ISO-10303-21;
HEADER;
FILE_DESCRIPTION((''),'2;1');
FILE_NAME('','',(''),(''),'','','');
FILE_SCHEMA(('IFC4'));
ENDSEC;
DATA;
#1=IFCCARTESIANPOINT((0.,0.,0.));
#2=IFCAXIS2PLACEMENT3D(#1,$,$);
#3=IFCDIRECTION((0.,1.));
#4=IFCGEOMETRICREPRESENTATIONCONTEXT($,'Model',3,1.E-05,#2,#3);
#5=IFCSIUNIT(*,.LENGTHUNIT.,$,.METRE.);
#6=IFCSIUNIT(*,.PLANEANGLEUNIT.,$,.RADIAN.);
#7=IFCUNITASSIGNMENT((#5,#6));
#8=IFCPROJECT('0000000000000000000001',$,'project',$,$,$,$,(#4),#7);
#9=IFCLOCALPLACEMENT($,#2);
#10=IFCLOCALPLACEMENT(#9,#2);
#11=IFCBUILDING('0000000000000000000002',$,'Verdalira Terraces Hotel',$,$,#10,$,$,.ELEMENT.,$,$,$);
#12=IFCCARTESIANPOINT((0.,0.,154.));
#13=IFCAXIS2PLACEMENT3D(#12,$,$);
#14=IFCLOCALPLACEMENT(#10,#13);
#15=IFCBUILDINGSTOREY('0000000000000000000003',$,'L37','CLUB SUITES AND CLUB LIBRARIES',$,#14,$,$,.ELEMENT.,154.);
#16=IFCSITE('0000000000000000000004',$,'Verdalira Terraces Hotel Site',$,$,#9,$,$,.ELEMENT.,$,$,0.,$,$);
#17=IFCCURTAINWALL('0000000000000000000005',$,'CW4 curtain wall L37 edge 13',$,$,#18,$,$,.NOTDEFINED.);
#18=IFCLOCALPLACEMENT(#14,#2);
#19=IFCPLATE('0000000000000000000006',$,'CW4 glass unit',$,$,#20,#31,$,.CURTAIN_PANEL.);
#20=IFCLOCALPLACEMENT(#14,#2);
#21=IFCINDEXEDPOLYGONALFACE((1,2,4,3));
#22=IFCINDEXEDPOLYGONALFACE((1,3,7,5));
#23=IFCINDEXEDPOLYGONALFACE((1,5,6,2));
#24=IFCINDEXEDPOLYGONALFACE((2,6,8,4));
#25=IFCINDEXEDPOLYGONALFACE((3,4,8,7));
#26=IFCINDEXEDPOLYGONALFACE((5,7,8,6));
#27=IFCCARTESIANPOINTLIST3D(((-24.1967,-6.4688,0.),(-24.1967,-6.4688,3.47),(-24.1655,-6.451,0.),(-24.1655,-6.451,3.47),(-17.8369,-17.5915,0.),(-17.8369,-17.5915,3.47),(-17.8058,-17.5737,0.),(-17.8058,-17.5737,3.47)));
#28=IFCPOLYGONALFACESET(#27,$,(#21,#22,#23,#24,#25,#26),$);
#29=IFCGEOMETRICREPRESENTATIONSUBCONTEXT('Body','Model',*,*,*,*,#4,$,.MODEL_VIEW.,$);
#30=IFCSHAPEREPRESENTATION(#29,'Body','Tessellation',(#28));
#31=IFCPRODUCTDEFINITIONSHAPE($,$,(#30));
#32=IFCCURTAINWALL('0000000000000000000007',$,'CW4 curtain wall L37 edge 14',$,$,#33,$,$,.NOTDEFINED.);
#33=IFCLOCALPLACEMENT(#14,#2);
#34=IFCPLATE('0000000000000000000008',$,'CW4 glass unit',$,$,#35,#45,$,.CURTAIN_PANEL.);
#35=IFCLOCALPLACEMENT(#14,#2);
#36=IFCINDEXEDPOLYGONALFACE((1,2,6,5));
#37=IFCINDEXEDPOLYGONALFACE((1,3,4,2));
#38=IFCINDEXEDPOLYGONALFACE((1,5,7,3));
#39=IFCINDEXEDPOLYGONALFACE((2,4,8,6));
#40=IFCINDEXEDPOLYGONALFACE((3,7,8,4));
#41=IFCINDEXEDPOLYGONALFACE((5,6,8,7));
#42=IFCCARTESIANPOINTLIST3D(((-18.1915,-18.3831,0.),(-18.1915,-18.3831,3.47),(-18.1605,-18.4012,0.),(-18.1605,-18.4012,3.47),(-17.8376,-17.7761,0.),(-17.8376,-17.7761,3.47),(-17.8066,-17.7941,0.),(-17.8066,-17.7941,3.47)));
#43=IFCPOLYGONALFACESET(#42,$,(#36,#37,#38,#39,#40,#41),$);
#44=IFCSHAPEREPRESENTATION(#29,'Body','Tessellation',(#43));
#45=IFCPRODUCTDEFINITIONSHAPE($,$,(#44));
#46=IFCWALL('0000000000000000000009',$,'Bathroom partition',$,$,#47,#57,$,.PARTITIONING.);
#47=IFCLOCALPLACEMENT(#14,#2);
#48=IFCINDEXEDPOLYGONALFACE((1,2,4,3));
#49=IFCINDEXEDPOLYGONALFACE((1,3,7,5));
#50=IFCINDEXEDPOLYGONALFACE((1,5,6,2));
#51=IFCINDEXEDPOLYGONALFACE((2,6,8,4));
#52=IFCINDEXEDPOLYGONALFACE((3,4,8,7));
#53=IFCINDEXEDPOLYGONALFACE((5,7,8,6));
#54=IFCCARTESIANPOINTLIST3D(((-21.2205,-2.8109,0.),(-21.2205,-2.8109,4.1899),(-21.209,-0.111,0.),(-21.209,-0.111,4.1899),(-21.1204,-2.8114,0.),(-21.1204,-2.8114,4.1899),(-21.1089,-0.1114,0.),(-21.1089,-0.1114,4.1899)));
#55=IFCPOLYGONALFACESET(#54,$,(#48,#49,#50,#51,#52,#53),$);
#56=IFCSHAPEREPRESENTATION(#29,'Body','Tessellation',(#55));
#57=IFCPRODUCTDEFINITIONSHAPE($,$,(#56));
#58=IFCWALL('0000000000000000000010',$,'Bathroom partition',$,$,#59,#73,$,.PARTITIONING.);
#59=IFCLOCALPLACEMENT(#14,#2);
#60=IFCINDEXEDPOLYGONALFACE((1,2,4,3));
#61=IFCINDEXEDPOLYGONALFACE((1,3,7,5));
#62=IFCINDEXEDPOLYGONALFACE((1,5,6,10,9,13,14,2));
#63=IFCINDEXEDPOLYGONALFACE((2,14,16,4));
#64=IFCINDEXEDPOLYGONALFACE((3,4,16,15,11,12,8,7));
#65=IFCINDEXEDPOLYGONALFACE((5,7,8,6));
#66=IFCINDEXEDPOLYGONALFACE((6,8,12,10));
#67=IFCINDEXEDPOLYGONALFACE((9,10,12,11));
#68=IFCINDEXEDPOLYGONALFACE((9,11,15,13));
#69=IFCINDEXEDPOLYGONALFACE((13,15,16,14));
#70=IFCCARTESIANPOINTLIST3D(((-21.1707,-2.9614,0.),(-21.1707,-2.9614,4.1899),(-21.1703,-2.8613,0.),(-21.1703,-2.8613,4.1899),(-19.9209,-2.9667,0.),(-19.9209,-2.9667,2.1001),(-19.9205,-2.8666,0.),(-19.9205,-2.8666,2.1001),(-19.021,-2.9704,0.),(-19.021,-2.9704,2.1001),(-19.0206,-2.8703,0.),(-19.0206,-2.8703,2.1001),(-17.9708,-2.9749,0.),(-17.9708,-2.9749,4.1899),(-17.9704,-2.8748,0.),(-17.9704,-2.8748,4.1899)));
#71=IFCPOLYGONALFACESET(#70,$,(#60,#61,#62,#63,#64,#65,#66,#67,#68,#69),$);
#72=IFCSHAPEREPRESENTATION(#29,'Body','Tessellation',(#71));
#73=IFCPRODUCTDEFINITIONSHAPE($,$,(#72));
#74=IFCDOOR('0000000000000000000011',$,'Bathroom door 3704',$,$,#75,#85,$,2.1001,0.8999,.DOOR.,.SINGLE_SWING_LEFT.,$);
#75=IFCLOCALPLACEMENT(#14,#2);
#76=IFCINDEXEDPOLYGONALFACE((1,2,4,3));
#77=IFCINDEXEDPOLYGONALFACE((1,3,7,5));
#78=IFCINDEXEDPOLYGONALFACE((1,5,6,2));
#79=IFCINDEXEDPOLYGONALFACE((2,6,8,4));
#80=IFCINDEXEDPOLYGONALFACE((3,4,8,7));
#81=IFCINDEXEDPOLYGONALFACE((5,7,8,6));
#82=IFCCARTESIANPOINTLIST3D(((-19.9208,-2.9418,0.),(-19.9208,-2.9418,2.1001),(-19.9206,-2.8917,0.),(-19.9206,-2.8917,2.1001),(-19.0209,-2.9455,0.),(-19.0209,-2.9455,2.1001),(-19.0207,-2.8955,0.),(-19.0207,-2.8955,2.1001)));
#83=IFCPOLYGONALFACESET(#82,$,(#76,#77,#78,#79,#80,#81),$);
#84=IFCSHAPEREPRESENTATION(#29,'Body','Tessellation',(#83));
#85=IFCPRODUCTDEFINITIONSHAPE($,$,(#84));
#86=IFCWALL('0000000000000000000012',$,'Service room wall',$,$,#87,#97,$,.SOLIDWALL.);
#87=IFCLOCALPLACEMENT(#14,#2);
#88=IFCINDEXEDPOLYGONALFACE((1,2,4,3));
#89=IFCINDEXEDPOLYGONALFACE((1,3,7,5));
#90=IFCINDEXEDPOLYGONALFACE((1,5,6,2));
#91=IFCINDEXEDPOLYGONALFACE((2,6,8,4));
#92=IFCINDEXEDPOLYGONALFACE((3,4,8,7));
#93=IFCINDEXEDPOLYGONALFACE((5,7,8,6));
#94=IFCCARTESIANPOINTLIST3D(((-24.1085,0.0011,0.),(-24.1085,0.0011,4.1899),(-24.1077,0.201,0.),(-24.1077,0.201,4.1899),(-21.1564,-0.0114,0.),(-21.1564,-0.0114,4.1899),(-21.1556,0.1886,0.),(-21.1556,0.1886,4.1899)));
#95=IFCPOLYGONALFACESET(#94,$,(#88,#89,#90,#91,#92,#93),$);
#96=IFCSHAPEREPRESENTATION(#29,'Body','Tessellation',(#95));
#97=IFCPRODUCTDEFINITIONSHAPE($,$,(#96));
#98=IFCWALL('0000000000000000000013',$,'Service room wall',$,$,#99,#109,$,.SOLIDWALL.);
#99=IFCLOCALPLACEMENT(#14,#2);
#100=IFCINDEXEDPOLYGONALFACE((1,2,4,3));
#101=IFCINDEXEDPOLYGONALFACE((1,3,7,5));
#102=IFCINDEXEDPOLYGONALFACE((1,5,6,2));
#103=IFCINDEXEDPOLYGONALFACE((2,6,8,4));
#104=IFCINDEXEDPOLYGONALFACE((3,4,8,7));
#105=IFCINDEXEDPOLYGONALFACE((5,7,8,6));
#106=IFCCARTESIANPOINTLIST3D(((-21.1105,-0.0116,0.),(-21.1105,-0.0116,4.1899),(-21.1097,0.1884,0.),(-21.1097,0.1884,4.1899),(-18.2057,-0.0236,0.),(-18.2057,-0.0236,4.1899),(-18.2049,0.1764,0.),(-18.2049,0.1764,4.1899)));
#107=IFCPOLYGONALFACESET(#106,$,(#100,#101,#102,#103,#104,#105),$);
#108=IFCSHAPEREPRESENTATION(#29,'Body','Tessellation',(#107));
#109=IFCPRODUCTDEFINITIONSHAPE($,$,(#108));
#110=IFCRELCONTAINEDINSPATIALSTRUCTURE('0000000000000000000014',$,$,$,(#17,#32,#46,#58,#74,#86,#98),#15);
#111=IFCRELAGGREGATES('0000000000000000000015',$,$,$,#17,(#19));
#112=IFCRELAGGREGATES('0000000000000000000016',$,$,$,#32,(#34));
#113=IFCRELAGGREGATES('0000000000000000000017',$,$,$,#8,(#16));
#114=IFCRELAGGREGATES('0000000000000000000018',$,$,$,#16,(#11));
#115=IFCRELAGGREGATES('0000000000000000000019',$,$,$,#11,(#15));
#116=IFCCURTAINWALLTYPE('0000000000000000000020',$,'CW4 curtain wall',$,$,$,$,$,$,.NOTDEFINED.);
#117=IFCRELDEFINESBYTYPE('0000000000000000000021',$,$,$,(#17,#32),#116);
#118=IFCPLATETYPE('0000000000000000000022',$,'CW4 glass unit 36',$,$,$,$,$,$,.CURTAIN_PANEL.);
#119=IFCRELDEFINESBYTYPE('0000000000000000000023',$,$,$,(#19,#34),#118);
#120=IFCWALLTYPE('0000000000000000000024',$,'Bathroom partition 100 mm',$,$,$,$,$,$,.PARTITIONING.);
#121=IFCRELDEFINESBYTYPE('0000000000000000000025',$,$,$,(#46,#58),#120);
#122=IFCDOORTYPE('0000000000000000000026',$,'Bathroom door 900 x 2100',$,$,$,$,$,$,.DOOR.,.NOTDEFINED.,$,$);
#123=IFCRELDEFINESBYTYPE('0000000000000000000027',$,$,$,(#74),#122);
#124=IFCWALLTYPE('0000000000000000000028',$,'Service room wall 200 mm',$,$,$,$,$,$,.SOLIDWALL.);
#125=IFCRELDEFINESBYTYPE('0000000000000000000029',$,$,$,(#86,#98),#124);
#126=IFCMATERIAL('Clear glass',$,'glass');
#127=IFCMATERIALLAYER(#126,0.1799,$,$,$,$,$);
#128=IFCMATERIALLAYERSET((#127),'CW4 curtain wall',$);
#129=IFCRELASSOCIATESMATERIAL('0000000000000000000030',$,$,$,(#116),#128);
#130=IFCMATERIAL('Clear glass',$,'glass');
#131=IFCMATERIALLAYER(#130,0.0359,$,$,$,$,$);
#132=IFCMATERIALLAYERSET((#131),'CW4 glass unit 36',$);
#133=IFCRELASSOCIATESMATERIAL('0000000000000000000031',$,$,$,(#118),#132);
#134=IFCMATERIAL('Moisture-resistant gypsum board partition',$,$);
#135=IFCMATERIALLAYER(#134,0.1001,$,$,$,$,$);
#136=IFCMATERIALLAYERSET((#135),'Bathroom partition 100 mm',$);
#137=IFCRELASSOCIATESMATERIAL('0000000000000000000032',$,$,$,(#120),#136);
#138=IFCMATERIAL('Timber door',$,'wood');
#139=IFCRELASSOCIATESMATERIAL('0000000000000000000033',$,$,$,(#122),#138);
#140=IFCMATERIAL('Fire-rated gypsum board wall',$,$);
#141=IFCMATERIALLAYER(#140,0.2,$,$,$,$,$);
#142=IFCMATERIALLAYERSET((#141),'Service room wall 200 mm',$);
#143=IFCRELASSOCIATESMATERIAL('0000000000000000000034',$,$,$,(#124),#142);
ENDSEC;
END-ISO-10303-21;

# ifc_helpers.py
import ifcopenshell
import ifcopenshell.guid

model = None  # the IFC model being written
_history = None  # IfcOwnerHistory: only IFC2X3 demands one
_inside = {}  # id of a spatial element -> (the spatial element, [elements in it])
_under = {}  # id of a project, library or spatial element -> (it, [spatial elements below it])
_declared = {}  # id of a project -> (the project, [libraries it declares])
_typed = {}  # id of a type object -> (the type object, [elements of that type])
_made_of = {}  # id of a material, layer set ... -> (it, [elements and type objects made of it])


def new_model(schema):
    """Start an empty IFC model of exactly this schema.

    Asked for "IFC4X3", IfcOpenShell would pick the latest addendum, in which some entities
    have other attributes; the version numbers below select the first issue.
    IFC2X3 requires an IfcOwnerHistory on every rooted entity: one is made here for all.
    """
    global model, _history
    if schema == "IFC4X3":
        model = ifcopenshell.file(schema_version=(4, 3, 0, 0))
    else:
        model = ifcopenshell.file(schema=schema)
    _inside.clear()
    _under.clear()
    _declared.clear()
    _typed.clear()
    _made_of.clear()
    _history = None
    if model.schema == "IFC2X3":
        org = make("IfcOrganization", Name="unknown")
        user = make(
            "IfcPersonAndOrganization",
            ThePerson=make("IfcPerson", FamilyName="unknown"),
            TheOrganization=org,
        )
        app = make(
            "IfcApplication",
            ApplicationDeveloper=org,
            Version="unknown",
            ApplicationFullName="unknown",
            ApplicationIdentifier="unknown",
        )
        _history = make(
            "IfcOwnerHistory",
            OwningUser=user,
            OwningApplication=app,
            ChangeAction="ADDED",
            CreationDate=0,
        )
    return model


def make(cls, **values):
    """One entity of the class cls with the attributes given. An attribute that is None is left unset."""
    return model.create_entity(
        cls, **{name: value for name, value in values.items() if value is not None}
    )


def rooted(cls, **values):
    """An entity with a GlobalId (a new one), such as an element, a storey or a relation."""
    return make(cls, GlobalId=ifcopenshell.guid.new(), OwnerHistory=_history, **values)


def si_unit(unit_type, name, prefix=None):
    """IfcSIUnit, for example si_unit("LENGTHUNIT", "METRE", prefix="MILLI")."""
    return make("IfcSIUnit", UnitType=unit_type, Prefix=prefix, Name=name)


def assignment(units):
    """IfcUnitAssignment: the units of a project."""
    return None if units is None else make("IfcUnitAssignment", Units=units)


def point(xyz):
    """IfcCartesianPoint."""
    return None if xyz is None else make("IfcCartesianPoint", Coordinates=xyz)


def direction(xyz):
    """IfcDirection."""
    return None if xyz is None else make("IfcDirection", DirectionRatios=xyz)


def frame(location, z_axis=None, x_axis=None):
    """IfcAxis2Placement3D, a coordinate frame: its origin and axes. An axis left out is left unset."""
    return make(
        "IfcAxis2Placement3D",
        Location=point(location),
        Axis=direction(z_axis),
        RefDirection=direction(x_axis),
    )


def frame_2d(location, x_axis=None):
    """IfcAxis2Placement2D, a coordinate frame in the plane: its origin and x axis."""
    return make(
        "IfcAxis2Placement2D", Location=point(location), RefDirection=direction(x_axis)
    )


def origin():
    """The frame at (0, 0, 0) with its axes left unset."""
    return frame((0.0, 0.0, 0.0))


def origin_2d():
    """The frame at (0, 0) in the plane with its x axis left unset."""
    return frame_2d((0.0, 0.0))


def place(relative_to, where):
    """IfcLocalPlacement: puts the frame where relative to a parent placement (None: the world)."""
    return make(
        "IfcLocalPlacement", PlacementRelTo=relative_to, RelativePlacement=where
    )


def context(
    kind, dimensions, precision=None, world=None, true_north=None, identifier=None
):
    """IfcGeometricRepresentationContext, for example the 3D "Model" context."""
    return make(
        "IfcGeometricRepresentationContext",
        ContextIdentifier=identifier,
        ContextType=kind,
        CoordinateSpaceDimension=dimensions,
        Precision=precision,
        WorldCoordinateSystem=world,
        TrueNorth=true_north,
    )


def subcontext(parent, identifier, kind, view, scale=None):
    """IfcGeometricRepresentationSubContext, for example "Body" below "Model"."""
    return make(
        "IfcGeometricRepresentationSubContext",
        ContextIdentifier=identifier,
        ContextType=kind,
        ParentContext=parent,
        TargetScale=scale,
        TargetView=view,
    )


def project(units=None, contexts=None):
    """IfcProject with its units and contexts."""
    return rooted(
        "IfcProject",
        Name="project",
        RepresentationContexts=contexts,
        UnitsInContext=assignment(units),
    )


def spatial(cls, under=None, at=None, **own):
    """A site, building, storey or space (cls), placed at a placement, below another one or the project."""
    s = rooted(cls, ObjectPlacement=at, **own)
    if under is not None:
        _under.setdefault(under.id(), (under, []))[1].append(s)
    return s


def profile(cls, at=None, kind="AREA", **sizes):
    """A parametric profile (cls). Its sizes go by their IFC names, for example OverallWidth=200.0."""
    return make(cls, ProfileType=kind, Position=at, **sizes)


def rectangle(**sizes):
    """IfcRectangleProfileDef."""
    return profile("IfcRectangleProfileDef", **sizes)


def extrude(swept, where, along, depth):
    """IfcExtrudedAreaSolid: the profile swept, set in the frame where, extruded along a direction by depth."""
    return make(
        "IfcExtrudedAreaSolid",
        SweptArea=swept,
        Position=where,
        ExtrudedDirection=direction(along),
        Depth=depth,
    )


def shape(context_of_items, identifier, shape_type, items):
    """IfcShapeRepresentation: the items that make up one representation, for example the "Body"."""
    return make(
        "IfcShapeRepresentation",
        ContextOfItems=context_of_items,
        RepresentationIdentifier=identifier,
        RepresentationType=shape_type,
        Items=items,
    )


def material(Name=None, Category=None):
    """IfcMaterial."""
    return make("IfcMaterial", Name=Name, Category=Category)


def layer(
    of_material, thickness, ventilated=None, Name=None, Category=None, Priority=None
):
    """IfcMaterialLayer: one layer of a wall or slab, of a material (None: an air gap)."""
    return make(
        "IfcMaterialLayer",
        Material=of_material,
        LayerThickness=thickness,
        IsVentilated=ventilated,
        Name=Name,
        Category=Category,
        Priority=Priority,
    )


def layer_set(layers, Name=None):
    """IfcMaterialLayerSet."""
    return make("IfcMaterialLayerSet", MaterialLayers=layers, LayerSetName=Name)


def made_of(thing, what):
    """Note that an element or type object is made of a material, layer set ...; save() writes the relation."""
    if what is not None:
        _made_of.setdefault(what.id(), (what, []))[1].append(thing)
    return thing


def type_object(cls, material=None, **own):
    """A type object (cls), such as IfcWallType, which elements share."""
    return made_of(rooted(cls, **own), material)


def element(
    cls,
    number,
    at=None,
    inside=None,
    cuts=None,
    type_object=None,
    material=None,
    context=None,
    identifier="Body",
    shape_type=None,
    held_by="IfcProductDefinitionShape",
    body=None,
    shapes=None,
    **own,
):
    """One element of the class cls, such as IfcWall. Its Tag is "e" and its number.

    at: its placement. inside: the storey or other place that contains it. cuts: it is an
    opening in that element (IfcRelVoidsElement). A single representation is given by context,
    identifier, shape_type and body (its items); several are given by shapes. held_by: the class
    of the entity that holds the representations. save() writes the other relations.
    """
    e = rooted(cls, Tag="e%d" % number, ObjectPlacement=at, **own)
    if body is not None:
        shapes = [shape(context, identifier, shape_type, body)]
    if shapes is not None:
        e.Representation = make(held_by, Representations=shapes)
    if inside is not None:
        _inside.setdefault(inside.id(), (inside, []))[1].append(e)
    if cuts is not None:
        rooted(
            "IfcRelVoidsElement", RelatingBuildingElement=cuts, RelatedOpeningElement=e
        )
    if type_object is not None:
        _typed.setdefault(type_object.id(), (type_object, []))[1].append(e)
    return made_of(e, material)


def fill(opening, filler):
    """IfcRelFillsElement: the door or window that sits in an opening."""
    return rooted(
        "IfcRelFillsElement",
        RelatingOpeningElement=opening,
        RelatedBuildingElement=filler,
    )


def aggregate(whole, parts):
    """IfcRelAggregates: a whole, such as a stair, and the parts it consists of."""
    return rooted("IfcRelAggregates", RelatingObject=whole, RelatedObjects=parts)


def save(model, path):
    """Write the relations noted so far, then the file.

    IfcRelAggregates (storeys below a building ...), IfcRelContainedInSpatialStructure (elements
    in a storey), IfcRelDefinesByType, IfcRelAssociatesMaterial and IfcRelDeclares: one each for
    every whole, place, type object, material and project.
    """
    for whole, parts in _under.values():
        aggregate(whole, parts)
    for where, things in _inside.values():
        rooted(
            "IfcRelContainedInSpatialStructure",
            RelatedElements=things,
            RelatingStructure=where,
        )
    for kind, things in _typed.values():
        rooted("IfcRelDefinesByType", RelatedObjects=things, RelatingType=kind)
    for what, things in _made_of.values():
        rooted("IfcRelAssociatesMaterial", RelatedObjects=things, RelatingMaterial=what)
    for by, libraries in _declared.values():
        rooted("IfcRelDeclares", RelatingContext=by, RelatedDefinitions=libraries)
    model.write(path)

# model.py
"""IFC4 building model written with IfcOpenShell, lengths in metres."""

from ifc_helpers import new_model, si_unit, direction, frame, frame_2d, origin, origin_2d, place, context, subcontext, project, spatial, rectangle, extrude, material, layer, layer_set, type_object, element, fill, aggregate, save


model = new_model("IFC4")

# Units and contexts
model_context = context("Model", 3, precision=1e-05, world=origin(), true_north=direction((0.0, 1.0)))
body_context = subcontext(model_context, "Body", "Model", "MODEL_VIEW")
ifc_project = project(units=[si_unit("LENGTHUNIT", "METRE"), si_unit("PLANEANGLEUNIT", "RADIAN")], contexts=[model_context])

# Site, building, storey
site_placement = place(None, origin())
site = spatial("IfcSite", under=ifc_project, at=site_placement, Name="Verdalira Terraces Hotel Site", CompositionType="ELEMENT", RefElevation=0.0)
building_placement = place(site_placement, origin())
building = spatial("IfcBuilding", under=site, at=building_placement, Name="Verdalira Terraces Hotel", CompositionType="ELEMENT")
storey_placement = place(building_placement, frame((0.0, 0.0, 154.0)))
storey = spatial("IfcBuildingStorey", under=building, at=storey_placement, Name="L37", Description="CLUB SUITES AND CLUB LIBRARIES", CompositionType="ELEMENT", Elevation=154.0)

# Curtain wall
ifc_material_1 = material(Name="Clear glass", Category="glass")
ifc_layer_1 = layer(ifc_material_1, 0.1799)
ifc_layer_set_1 = layer_set([ifc_layer_1], Name="CW4 curtain wall")
curtain_wall_type = type_object("IfcCurtainWallType", Name="CW4 curtain wall", PredefinedType="NOTDEFINED", material=ifc_layer_set_1)
curtain_wall_1_placement = place(storey_placement, origin())
curtain_wall_1 = element("IfcCurtainWall", 1, at=curtain_wall_1_placement, inside=storey, type_object=curtain_wall_type, Name="CW4 curtain wall L37 edge 13", PredefinedType="NOTDEFINED")

# Plate
ifc_material_2 = material(Name="Clear glass", Category="glass")
ifc_layer_2 = layer(ifc_material_2, 0.0359)
ifc_layer_set_2 = layer_set([ifc_layer_2], Name="CW4 glass unit 36")
plate_type = type_object("IfcPlateType", Name="CW4 glass unit 36", PredefinedType="CURTAIN_PANEL", material=ifc_layer_set_2)
plate_1_placement = place(storey_placement, frame((-21.0012, -12.0212, 0.0), z_axis=(0.0, 0.0, 1.0), x_axis=(0.496368, -0.868112, 0.0)))
plate_1 = element("IfcPlate", 2, at=plate_1_placement, type_object=plate_type, Name="CW4 glass unit", PredefinedType="CURTAIN_PANEL", context=body_context, shape_type="SweptSolid", body=[
    extrude(rectangle(XDim=12.8125, YDim=0.0359, at=origin_2d()), origin(), (0.0, 0.0, 1.0), 3.47),
])
aggregate(curtain_wall_1, [plate_1])

# Curtain wall, plate
curtain_wall_2_placement = place(storey_placement, origin())
curtain_wall_2 = element("IfcCurtainWall", 3, at=curtain_wall_2_placement, inside=storey, type_object=curtain_wall_type, Name="CW4 curtain wall L37 edge 14", PredefinedType="NOTDEFINED")
plate_2_placement = place(storey_placement, frame((-17.999, -18.0886, 0.0), z_axis=(0.0, 0.0, 1.0), x_axis=(-0.503623, -0.863923, 0.0)))
plate_2 = element("IfcPlate", 4, at=plate_2_placement, type_object=plate_type, Name="CW4 glass unit", PredefinedType="CURTAIN_PANEL", context=body_context, shape_type="SweptSolid", body=[
    extrude(rectangle(XDim=0.7026, YDim=0.0359, at=origin_2d()), origin(), (0.0, 0.0, 1.0), 3.47),
])
aggregate(curtain_wall_2, [plate_2])

# Wall
ifc_material_3 = material(Name="Moisture-resistant gypsum board partition")
ifc_layer_3 = layer(ifc_material_3, 0.1001)
ifc_layer_set_3 = layer_set([ifc_layer_3], Name="Bathroom partition 100 mm")
wall_type_1 = type_object("IfcWallType", Name="Bathroom partition 100 mm", PredefinedType="PARTITIONING", material=ifc_layer_set_3)
wall_1_placement = place(storey_placement, frame((-21.1704, -2.8113, 0.0), z_axis=(0.0, 0.0, 1.0), x_axis=(0.00425, 0.999991, 0.0)))
element("IfcWall", 5, at=wall_1_placement, inside=storey, type_object=wall_type_1, Name="Bathroom partition", PredefinedType="PARTITIONING", context=body_context, shape_type="SweptSolid", body=[
    extrude(rectangle(XDim=2.7, YDim=0.1001, at=frame_2d((1.3501, 0.0))), origin(), (0.0, 0.0, 1.0), 4.1899),
])

# Wall, opening, door
wall_2_placement = place(storey_placement, frame((-21.1707, -2.9114, 0.0), z_axis=(0.0, 0.0, 1.0), x_axis=(0.999991, -0.004196, 0.0)))
wall_2 = element("IfcWall", 6, at=wall_2_placement, inside=storey, type_object=wall_type_1, Name="Bathroom partition", PredefinedType="PARTITIONING", context=body_context, shape_type="SweptSolid", body=[
    extrude(rectangle(XDim=3.2, YDim=0.1001, at=frame_2d((1.6001, 0.0))), origin(), (0.0, 0.0, 1.0), 4.1899),
])
opening_placement = place(wall_2_placement, frame((1.25, 0.0, 0.0)))
opening = element("IfcOpeningElement", 7, at=opening_placement, cuts=wall_2, PredefinedType="OPENING", context=body_context, shape_type="SweptSolid", body=[
    extrude(rectangle(XDim=0.8999, YDim=2.1001, at=frame_2d((0.45, 1.05))), frame((0.0, 0.0601, 0.0), z_axis=(0.0, -1.0, 0.0), x_axis=(1.0, 0.0, 0.0)), (0.0, 0.0, 1.0), 0.1201),
])
ifc_material_4 = material(Name="Timber door", Category="wood")
door_type = type_object("IfcDoorType", Name="Bathroom door 900 x 2100", OperationType="NOTDEFINED", PredefinedType="DOOR", material=ifc_material_4)
door_placement = place(opening_placement, origin())
door = element("IfcDoor", 8, at=door_placement, inside=storey, type_object=door_type, Name="Bathroom door 3704", OperationType="SINGLE_SWING_LEFT", OverallHeight=2.1001, OverallWidth=0.8999, PredefinedType="DOOR", context=body_context, shape_type="SweptSolid", body=[
    extrude(rectangle(XDim=0.8999, YDim=2.1001, at=frame_2d((0.45, 1.05))), frame((0.0, 0.0249, 0.0), z_axis=(0.0, -1.0, 0.0), x_axis=(1.0, 0.0, 0.0)), (0.0, 0.0, 1.0), 0.05),
])
fill(opening, door)

# Walls
ifc_material_5 = material(Name="Fire-rated gypsum board wall")
ifc_layer_4 = layer(ifc_material_5, 0.2)
ifc_layer_set_4 = layer_set([ifc_layer_4], Name="Service room wall 200 mm")
wall_type_2 = type_object("IfcWallType", Name="Service room wall 200 mm", PredefinedType="SOLIDWALL", material=ifc_layer_set_4)
wall_3_placement = place(storey_placement, frame((-21.156, 0.0886, 0.0), z_axis=(0.0, 0.0, 1.0), x_axis=(-0.999991, 0.004218, 0.0)))
element("IfcWall", 9, at=wall_3_placement, inside=storey, type_object=wall_type_2, Name="Service room wall", PredefinedType="SOLIDWALL", context=body_context, shape_type="SweptSolid", body=[
    extrude(rectangle(XDim=2.9521, YDim=0.2, at=frame_2d((1.4761, 0.0))), origin(), (0.0, 0.0, 1.0), 4.1899),
])
wall_4_placement = place(storey_placement, frame((-18.2053, 0.0764, 0.0), z_axis=(0.0, 0.0, 1.0), x_axis=(-0.999992, 0.004118, 0.0)))
element("IfcWall", 10, at=wall_4_placement, inside=storey, type_object=wall_type_2, Name="Service room wall", PredefinedType="SOLIDWALL", context=body_context, shape_type="SweptSolid", body=[
    extrude(rectangle(XDim=2.9048, YDim=0.2, at=frame_2d((1.4524, 0.0))), origin(), (0.0, 0.0, 1.0), 4.1899),
])

save(model, "model.ifc")
